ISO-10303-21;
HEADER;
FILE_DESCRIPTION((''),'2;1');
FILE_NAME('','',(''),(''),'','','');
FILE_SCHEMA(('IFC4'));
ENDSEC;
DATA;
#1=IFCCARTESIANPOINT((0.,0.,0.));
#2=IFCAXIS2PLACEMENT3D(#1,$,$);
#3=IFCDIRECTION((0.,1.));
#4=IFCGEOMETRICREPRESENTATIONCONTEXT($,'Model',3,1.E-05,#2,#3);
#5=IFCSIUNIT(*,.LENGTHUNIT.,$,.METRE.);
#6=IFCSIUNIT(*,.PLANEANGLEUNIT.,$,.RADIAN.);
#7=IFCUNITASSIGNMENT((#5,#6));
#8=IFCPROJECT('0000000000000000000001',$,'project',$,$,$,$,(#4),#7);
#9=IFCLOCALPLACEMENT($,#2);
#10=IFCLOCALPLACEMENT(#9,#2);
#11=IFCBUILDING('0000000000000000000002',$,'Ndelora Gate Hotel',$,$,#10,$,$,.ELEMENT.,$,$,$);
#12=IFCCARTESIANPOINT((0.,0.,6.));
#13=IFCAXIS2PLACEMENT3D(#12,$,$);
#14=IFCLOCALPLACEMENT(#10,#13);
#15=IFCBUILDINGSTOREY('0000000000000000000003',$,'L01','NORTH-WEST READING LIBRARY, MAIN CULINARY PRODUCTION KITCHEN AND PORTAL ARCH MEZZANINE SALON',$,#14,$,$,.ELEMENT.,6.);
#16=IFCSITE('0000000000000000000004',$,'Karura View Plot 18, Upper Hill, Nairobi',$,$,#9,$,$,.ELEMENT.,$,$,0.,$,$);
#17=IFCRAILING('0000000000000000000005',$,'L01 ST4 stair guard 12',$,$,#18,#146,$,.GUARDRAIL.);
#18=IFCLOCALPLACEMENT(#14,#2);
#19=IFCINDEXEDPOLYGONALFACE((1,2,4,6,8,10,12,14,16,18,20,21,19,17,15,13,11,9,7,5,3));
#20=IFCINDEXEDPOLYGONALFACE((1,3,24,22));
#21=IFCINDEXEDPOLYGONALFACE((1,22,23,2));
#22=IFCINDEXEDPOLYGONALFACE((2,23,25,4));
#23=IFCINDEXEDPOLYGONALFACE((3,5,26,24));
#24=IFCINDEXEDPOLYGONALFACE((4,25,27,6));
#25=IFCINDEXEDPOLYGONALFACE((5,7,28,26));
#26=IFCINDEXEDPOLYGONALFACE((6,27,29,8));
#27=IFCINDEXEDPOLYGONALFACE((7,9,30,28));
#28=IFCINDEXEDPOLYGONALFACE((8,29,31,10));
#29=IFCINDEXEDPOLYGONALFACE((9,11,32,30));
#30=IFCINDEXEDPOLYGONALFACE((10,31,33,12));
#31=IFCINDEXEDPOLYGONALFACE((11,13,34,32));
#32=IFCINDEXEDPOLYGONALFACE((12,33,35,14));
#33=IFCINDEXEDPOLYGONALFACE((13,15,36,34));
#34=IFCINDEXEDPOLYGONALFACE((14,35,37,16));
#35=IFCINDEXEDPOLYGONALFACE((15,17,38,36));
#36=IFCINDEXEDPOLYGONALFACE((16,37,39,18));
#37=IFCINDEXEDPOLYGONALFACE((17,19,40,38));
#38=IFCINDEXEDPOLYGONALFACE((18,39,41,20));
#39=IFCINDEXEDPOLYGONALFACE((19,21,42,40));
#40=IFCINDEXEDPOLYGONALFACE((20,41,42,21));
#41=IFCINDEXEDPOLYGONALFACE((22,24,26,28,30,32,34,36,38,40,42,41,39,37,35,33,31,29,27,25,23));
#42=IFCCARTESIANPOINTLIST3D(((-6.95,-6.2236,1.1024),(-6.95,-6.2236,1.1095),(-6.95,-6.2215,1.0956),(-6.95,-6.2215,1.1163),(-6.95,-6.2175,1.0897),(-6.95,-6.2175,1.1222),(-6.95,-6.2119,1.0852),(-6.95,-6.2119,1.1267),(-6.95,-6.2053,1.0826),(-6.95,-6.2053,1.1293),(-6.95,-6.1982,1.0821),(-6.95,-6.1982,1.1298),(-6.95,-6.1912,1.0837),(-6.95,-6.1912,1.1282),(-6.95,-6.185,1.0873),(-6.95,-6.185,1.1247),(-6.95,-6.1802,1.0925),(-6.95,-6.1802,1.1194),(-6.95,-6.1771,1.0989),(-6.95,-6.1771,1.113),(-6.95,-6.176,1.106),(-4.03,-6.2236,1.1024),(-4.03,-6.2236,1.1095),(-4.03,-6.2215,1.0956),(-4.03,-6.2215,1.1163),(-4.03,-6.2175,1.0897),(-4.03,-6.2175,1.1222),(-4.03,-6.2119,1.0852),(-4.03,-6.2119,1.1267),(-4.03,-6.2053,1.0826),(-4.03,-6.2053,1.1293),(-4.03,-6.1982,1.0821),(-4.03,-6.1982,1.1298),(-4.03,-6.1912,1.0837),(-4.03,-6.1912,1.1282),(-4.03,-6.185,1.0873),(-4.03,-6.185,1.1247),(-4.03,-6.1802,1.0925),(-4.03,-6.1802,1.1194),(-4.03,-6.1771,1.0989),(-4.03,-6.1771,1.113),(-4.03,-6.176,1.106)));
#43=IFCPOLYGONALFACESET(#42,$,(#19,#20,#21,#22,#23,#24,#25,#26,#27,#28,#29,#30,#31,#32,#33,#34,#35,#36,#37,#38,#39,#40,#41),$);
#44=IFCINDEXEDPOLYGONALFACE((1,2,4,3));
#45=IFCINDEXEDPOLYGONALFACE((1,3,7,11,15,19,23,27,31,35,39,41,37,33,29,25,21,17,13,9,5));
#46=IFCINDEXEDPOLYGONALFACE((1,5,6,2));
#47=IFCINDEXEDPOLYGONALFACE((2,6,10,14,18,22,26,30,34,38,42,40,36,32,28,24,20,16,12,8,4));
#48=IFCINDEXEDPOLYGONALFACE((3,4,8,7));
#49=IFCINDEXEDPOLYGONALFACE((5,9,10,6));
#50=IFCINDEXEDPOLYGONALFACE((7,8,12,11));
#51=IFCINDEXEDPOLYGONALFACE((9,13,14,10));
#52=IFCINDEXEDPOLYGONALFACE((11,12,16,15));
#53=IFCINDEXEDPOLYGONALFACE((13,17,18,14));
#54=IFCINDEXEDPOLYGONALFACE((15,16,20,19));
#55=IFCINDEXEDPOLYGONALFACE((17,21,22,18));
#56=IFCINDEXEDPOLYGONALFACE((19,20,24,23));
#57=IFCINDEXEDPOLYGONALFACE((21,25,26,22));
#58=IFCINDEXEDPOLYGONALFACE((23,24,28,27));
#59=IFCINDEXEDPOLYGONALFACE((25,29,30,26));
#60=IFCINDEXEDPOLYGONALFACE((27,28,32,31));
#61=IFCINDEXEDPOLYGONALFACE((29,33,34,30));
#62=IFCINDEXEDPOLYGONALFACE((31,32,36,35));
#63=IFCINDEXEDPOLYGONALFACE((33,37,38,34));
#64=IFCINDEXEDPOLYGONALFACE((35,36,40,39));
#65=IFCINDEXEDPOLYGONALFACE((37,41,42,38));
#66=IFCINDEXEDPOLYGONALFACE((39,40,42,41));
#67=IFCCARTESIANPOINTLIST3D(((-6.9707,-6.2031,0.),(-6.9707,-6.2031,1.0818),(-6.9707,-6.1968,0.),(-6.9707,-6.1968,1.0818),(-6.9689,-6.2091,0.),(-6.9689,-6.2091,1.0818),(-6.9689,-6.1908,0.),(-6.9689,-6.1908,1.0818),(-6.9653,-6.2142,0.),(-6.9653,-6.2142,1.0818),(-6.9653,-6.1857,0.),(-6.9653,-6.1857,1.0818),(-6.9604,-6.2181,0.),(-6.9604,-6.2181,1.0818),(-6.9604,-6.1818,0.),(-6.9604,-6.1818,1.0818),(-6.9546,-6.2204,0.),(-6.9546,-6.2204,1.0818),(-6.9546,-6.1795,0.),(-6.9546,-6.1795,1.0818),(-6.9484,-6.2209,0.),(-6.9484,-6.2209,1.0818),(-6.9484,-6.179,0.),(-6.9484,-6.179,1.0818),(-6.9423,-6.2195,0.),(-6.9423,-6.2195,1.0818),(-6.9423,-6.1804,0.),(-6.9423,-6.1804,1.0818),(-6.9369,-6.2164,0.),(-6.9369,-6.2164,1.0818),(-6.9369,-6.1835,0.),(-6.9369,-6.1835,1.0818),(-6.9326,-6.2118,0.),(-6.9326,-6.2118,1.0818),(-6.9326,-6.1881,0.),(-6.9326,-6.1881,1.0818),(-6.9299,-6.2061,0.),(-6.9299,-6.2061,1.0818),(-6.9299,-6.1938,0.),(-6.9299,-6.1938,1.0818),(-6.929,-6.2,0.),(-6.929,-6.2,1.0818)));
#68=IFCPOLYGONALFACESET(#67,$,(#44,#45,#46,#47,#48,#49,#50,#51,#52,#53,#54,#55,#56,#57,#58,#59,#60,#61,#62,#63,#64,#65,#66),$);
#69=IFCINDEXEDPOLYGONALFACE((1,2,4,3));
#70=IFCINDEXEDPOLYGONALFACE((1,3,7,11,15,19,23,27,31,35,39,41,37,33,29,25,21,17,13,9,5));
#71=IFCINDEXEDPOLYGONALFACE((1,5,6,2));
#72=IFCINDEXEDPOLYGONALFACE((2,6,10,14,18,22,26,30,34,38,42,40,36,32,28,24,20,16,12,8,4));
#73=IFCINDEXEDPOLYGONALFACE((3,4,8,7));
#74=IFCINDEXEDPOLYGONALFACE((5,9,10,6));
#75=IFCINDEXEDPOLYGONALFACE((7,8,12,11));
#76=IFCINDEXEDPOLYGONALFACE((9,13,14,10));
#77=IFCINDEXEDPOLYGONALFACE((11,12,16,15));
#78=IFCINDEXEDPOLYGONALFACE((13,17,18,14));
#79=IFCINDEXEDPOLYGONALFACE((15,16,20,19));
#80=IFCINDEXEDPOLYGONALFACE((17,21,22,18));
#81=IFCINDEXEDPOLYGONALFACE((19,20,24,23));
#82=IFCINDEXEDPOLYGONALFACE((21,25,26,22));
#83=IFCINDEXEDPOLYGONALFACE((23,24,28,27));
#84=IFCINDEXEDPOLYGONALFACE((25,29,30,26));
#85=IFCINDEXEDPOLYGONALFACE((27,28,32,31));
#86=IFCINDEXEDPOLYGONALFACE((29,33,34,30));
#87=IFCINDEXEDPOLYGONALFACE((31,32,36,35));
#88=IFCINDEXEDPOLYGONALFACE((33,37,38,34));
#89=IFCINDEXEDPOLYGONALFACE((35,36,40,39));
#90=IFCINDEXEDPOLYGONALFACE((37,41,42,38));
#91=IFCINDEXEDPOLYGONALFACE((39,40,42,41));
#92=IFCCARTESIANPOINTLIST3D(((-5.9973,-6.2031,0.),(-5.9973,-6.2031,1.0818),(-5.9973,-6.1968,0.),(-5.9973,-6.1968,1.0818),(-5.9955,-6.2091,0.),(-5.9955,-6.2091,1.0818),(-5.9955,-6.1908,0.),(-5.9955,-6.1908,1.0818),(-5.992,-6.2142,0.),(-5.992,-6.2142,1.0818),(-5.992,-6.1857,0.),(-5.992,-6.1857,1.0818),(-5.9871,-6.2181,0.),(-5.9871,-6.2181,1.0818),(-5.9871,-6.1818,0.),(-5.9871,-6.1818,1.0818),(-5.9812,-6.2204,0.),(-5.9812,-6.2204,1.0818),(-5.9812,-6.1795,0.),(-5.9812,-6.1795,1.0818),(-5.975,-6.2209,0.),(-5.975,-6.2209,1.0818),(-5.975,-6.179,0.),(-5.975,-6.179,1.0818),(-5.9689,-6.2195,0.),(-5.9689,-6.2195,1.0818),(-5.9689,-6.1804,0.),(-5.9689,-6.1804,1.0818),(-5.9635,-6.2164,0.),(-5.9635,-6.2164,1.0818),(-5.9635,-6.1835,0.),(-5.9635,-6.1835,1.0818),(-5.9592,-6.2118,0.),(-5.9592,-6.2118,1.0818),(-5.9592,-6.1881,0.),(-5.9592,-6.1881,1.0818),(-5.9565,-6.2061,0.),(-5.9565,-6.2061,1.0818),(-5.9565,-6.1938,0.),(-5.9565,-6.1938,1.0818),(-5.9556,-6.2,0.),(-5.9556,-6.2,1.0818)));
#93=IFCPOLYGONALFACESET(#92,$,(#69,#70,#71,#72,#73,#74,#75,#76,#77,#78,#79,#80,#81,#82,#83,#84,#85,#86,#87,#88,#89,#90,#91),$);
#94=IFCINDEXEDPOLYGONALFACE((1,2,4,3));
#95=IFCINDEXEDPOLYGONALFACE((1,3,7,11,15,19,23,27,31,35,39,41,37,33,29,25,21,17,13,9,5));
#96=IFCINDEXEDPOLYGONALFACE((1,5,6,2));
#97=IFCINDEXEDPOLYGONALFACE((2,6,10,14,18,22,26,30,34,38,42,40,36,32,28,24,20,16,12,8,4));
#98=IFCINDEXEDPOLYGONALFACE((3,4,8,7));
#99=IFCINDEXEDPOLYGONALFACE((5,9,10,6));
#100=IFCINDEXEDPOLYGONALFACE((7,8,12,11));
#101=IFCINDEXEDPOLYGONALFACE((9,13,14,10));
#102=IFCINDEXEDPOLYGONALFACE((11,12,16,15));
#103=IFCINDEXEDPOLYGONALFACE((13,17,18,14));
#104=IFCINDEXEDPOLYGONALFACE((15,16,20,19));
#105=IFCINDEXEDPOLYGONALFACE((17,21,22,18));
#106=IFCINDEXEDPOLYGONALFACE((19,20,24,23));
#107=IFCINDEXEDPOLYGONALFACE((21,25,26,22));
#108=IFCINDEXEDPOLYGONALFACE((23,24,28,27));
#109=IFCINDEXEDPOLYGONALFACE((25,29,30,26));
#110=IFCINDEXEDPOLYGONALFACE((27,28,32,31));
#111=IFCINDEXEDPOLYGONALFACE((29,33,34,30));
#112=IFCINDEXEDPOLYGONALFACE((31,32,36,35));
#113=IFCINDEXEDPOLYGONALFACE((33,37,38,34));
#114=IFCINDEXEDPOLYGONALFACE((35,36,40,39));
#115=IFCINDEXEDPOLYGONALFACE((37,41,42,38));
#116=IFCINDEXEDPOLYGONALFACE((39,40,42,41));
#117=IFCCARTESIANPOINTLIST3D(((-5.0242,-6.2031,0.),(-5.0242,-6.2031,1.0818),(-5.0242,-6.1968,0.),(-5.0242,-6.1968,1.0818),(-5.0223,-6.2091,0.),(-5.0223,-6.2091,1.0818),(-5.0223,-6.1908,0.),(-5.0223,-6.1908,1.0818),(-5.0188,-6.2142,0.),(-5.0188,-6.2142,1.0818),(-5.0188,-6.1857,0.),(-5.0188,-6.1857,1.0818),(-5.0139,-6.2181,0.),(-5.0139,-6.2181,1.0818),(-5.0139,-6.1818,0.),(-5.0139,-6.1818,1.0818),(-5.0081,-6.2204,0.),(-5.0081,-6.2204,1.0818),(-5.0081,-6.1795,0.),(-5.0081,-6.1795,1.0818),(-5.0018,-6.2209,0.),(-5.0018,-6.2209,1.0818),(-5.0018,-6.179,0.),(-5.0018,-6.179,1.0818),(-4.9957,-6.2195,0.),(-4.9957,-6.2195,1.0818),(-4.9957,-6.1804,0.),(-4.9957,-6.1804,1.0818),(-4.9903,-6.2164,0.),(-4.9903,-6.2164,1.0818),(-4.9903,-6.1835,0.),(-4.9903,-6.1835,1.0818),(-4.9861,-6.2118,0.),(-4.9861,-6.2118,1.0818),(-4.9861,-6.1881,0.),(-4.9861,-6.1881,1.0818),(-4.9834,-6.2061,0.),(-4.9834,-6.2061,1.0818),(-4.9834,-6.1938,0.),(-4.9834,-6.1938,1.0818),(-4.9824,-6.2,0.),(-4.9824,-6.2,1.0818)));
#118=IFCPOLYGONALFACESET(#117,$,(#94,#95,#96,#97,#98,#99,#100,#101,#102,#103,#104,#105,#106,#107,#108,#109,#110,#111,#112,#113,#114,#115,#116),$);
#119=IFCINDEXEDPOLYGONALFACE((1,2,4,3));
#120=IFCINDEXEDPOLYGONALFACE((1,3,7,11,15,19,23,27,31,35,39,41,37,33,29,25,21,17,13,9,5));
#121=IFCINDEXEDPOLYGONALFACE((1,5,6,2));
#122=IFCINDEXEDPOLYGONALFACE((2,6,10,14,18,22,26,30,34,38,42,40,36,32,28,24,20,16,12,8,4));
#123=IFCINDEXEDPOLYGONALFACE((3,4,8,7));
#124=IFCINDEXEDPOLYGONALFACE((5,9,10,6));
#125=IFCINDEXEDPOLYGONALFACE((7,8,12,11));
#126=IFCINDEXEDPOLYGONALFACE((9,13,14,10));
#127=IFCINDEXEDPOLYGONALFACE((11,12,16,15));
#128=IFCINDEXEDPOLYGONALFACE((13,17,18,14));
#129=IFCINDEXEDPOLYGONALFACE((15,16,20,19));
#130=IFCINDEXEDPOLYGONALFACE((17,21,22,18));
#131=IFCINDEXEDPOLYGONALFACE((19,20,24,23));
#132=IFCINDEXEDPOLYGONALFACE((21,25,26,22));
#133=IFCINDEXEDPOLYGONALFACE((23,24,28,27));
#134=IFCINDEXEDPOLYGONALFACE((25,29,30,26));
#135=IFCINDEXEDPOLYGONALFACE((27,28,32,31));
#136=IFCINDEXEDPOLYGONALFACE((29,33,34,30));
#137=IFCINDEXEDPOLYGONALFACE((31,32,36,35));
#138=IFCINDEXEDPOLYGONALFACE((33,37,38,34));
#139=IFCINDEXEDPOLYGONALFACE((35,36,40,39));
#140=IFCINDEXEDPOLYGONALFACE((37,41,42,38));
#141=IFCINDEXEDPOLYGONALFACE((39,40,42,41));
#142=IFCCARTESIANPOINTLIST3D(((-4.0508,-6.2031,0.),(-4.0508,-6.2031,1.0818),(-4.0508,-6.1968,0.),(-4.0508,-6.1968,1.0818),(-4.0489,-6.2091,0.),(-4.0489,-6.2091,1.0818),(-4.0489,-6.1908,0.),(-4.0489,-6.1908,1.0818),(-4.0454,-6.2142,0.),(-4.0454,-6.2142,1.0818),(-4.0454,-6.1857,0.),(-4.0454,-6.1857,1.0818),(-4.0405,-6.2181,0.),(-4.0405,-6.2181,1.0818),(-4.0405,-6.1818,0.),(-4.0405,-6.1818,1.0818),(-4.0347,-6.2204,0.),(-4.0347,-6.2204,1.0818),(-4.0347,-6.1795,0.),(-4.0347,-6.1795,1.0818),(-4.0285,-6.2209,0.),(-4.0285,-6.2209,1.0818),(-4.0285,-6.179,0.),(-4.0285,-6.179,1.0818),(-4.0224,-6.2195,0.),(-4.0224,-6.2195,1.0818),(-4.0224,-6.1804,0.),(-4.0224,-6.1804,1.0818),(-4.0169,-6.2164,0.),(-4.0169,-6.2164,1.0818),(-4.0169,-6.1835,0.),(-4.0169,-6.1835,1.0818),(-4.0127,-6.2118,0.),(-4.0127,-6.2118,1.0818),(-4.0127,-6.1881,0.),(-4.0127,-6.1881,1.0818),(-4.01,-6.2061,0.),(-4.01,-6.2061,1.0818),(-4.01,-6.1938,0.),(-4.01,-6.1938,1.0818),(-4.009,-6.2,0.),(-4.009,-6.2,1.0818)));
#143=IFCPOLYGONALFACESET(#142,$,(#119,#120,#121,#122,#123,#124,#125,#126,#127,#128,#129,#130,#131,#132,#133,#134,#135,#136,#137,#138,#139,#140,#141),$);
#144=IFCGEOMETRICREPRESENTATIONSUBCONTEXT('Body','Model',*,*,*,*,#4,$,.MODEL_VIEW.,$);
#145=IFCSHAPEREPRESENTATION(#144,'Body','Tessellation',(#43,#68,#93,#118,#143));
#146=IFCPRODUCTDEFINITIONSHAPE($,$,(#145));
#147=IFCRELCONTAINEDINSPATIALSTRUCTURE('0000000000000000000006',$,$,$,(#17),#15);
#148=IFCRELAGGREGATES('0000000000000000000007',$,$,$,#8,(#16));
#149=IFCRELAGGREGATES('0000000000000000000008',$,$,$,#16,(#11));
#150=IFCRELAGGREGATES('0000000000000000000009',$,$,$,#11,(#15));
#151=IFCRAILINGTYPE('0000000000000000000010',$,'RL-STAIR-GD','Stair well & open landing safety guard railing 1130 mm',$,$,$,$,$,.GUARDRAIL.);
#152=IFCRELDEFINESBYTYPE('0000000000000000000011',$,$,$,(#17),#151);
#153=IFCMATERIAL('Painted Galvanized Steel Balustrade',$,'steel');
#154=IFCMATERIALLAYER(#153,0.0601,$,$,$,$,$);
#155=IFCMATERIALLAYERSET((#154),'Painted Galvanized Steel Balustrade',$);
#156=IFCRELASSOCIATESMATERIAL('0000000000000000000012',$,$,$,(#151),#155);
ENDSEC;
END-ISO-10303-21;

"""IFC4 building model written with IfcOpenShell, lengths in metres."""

from ifc_helpers import new_model, si_unit, direction, frame, origin, origin_2d, place, context, subcontext, project, spatial, circle, extrude, material, layer, layer_set, type_object, element, save


model = new_model("IFC4")

# Units and contexts
model_context = context("Model", 3, precision=1e-05, world=origin(), true_north=direction((0.0, 1.0)))
body_context = subcontext(model_context, "Body", "Model", "MODEL_VIEW")
ifc_project = project(units=[si_unit("LENGTHUNIT", "METRE"), si_unit("PLANEANGLEUNIT", "RADIAN")], contexts=[model_context])

# Site, building, storey
site_placement = place(None, origin())
site = spatial("IfcSite", under=ifc_project, at=site_placement, Name="Karura View Plot 18, Upper Hill, Nairobi", CompositionType="ELEMENT", RefElevation=0.0)
building_placement = place(site_placement, origin())
building = spatial("IfcBuilding", under=site, at=building_placement, Name="Ndelora Gate Hotel", CompositionType="ELEMENT")
storey_placement = place(building_placement, frame((0.0, 0.0, 6.0)))
storey = spatial("IfcBuildingStorey", under=building, at=storey_placement, Name="L01", Description="NORTH-WEST READING LIBRARY, MAIN CULINARY PRODUCTION KITCHEN AND PORTAL ARCH MEZZANINE SALON", CompositionType="ELEMENT", Elevation=6.0)

# Railing
ifc_material_1 = material(Name="Painted Galvanized Steel Balustrade", Category="steel")
ifc_layer_1 = layer(ifc_material_1, 0.0601)
ifc_layer_set_1 = layer_set([ifc_layer_1], Name="Painted Galvanized Steel Balustrade")
railing_type = type_object("IfcRailingType", Name="RL-STAIR-GD", Description="Stair well & open landing safety guard railing 1130 mm", PredefinedType="GUARDRAIL", material=ifc_layer_set_1)
railing_1_placement = place(storey_placement, frame((-6.95, -6.2, 0.0)))
element("IfcRailing", 1, at=railing_1_placement, inside=storey, type_object=railing_type, Name="L01 ST4 stair guard 12", PredefinedType="GUARDRAIL", context=body_context, shape_type="SweptSolid", body=[
    extrude(circle(Radius=0.0239, at=origin_2d()), frame((0.0, 0.0, 1.106), z_axis=(1.0, 0.0, 0.0), x_axis=(0.0, 1.0, 0.0)), (0.0, 0.0, 1.0), 2.9199),
    extrude(circle(Radius=0.021, at=origin_2d()), origin(), (0.0, 0.0, 1.0), 1.0818),
    extrude(circle(Radius=0.021, at=origin_2d()), frame((0.9734, 0.0, 0.0)), (0.0, 0.0, 1.0), 1.0818),
    extrude(circle(Radius=0.021, at=origin_2d()), frame((1.9465, 0.0, 0.0)), (0.0, 0.0, 1.0), 1.0818),
    extrude(circle(Radius=0.021, at=origin_2d()), frame((2.9199, 0.0, 0.0)), (0.0, 0.0, 1.0), 1.0818),
])

save(model, "model.ifc")
